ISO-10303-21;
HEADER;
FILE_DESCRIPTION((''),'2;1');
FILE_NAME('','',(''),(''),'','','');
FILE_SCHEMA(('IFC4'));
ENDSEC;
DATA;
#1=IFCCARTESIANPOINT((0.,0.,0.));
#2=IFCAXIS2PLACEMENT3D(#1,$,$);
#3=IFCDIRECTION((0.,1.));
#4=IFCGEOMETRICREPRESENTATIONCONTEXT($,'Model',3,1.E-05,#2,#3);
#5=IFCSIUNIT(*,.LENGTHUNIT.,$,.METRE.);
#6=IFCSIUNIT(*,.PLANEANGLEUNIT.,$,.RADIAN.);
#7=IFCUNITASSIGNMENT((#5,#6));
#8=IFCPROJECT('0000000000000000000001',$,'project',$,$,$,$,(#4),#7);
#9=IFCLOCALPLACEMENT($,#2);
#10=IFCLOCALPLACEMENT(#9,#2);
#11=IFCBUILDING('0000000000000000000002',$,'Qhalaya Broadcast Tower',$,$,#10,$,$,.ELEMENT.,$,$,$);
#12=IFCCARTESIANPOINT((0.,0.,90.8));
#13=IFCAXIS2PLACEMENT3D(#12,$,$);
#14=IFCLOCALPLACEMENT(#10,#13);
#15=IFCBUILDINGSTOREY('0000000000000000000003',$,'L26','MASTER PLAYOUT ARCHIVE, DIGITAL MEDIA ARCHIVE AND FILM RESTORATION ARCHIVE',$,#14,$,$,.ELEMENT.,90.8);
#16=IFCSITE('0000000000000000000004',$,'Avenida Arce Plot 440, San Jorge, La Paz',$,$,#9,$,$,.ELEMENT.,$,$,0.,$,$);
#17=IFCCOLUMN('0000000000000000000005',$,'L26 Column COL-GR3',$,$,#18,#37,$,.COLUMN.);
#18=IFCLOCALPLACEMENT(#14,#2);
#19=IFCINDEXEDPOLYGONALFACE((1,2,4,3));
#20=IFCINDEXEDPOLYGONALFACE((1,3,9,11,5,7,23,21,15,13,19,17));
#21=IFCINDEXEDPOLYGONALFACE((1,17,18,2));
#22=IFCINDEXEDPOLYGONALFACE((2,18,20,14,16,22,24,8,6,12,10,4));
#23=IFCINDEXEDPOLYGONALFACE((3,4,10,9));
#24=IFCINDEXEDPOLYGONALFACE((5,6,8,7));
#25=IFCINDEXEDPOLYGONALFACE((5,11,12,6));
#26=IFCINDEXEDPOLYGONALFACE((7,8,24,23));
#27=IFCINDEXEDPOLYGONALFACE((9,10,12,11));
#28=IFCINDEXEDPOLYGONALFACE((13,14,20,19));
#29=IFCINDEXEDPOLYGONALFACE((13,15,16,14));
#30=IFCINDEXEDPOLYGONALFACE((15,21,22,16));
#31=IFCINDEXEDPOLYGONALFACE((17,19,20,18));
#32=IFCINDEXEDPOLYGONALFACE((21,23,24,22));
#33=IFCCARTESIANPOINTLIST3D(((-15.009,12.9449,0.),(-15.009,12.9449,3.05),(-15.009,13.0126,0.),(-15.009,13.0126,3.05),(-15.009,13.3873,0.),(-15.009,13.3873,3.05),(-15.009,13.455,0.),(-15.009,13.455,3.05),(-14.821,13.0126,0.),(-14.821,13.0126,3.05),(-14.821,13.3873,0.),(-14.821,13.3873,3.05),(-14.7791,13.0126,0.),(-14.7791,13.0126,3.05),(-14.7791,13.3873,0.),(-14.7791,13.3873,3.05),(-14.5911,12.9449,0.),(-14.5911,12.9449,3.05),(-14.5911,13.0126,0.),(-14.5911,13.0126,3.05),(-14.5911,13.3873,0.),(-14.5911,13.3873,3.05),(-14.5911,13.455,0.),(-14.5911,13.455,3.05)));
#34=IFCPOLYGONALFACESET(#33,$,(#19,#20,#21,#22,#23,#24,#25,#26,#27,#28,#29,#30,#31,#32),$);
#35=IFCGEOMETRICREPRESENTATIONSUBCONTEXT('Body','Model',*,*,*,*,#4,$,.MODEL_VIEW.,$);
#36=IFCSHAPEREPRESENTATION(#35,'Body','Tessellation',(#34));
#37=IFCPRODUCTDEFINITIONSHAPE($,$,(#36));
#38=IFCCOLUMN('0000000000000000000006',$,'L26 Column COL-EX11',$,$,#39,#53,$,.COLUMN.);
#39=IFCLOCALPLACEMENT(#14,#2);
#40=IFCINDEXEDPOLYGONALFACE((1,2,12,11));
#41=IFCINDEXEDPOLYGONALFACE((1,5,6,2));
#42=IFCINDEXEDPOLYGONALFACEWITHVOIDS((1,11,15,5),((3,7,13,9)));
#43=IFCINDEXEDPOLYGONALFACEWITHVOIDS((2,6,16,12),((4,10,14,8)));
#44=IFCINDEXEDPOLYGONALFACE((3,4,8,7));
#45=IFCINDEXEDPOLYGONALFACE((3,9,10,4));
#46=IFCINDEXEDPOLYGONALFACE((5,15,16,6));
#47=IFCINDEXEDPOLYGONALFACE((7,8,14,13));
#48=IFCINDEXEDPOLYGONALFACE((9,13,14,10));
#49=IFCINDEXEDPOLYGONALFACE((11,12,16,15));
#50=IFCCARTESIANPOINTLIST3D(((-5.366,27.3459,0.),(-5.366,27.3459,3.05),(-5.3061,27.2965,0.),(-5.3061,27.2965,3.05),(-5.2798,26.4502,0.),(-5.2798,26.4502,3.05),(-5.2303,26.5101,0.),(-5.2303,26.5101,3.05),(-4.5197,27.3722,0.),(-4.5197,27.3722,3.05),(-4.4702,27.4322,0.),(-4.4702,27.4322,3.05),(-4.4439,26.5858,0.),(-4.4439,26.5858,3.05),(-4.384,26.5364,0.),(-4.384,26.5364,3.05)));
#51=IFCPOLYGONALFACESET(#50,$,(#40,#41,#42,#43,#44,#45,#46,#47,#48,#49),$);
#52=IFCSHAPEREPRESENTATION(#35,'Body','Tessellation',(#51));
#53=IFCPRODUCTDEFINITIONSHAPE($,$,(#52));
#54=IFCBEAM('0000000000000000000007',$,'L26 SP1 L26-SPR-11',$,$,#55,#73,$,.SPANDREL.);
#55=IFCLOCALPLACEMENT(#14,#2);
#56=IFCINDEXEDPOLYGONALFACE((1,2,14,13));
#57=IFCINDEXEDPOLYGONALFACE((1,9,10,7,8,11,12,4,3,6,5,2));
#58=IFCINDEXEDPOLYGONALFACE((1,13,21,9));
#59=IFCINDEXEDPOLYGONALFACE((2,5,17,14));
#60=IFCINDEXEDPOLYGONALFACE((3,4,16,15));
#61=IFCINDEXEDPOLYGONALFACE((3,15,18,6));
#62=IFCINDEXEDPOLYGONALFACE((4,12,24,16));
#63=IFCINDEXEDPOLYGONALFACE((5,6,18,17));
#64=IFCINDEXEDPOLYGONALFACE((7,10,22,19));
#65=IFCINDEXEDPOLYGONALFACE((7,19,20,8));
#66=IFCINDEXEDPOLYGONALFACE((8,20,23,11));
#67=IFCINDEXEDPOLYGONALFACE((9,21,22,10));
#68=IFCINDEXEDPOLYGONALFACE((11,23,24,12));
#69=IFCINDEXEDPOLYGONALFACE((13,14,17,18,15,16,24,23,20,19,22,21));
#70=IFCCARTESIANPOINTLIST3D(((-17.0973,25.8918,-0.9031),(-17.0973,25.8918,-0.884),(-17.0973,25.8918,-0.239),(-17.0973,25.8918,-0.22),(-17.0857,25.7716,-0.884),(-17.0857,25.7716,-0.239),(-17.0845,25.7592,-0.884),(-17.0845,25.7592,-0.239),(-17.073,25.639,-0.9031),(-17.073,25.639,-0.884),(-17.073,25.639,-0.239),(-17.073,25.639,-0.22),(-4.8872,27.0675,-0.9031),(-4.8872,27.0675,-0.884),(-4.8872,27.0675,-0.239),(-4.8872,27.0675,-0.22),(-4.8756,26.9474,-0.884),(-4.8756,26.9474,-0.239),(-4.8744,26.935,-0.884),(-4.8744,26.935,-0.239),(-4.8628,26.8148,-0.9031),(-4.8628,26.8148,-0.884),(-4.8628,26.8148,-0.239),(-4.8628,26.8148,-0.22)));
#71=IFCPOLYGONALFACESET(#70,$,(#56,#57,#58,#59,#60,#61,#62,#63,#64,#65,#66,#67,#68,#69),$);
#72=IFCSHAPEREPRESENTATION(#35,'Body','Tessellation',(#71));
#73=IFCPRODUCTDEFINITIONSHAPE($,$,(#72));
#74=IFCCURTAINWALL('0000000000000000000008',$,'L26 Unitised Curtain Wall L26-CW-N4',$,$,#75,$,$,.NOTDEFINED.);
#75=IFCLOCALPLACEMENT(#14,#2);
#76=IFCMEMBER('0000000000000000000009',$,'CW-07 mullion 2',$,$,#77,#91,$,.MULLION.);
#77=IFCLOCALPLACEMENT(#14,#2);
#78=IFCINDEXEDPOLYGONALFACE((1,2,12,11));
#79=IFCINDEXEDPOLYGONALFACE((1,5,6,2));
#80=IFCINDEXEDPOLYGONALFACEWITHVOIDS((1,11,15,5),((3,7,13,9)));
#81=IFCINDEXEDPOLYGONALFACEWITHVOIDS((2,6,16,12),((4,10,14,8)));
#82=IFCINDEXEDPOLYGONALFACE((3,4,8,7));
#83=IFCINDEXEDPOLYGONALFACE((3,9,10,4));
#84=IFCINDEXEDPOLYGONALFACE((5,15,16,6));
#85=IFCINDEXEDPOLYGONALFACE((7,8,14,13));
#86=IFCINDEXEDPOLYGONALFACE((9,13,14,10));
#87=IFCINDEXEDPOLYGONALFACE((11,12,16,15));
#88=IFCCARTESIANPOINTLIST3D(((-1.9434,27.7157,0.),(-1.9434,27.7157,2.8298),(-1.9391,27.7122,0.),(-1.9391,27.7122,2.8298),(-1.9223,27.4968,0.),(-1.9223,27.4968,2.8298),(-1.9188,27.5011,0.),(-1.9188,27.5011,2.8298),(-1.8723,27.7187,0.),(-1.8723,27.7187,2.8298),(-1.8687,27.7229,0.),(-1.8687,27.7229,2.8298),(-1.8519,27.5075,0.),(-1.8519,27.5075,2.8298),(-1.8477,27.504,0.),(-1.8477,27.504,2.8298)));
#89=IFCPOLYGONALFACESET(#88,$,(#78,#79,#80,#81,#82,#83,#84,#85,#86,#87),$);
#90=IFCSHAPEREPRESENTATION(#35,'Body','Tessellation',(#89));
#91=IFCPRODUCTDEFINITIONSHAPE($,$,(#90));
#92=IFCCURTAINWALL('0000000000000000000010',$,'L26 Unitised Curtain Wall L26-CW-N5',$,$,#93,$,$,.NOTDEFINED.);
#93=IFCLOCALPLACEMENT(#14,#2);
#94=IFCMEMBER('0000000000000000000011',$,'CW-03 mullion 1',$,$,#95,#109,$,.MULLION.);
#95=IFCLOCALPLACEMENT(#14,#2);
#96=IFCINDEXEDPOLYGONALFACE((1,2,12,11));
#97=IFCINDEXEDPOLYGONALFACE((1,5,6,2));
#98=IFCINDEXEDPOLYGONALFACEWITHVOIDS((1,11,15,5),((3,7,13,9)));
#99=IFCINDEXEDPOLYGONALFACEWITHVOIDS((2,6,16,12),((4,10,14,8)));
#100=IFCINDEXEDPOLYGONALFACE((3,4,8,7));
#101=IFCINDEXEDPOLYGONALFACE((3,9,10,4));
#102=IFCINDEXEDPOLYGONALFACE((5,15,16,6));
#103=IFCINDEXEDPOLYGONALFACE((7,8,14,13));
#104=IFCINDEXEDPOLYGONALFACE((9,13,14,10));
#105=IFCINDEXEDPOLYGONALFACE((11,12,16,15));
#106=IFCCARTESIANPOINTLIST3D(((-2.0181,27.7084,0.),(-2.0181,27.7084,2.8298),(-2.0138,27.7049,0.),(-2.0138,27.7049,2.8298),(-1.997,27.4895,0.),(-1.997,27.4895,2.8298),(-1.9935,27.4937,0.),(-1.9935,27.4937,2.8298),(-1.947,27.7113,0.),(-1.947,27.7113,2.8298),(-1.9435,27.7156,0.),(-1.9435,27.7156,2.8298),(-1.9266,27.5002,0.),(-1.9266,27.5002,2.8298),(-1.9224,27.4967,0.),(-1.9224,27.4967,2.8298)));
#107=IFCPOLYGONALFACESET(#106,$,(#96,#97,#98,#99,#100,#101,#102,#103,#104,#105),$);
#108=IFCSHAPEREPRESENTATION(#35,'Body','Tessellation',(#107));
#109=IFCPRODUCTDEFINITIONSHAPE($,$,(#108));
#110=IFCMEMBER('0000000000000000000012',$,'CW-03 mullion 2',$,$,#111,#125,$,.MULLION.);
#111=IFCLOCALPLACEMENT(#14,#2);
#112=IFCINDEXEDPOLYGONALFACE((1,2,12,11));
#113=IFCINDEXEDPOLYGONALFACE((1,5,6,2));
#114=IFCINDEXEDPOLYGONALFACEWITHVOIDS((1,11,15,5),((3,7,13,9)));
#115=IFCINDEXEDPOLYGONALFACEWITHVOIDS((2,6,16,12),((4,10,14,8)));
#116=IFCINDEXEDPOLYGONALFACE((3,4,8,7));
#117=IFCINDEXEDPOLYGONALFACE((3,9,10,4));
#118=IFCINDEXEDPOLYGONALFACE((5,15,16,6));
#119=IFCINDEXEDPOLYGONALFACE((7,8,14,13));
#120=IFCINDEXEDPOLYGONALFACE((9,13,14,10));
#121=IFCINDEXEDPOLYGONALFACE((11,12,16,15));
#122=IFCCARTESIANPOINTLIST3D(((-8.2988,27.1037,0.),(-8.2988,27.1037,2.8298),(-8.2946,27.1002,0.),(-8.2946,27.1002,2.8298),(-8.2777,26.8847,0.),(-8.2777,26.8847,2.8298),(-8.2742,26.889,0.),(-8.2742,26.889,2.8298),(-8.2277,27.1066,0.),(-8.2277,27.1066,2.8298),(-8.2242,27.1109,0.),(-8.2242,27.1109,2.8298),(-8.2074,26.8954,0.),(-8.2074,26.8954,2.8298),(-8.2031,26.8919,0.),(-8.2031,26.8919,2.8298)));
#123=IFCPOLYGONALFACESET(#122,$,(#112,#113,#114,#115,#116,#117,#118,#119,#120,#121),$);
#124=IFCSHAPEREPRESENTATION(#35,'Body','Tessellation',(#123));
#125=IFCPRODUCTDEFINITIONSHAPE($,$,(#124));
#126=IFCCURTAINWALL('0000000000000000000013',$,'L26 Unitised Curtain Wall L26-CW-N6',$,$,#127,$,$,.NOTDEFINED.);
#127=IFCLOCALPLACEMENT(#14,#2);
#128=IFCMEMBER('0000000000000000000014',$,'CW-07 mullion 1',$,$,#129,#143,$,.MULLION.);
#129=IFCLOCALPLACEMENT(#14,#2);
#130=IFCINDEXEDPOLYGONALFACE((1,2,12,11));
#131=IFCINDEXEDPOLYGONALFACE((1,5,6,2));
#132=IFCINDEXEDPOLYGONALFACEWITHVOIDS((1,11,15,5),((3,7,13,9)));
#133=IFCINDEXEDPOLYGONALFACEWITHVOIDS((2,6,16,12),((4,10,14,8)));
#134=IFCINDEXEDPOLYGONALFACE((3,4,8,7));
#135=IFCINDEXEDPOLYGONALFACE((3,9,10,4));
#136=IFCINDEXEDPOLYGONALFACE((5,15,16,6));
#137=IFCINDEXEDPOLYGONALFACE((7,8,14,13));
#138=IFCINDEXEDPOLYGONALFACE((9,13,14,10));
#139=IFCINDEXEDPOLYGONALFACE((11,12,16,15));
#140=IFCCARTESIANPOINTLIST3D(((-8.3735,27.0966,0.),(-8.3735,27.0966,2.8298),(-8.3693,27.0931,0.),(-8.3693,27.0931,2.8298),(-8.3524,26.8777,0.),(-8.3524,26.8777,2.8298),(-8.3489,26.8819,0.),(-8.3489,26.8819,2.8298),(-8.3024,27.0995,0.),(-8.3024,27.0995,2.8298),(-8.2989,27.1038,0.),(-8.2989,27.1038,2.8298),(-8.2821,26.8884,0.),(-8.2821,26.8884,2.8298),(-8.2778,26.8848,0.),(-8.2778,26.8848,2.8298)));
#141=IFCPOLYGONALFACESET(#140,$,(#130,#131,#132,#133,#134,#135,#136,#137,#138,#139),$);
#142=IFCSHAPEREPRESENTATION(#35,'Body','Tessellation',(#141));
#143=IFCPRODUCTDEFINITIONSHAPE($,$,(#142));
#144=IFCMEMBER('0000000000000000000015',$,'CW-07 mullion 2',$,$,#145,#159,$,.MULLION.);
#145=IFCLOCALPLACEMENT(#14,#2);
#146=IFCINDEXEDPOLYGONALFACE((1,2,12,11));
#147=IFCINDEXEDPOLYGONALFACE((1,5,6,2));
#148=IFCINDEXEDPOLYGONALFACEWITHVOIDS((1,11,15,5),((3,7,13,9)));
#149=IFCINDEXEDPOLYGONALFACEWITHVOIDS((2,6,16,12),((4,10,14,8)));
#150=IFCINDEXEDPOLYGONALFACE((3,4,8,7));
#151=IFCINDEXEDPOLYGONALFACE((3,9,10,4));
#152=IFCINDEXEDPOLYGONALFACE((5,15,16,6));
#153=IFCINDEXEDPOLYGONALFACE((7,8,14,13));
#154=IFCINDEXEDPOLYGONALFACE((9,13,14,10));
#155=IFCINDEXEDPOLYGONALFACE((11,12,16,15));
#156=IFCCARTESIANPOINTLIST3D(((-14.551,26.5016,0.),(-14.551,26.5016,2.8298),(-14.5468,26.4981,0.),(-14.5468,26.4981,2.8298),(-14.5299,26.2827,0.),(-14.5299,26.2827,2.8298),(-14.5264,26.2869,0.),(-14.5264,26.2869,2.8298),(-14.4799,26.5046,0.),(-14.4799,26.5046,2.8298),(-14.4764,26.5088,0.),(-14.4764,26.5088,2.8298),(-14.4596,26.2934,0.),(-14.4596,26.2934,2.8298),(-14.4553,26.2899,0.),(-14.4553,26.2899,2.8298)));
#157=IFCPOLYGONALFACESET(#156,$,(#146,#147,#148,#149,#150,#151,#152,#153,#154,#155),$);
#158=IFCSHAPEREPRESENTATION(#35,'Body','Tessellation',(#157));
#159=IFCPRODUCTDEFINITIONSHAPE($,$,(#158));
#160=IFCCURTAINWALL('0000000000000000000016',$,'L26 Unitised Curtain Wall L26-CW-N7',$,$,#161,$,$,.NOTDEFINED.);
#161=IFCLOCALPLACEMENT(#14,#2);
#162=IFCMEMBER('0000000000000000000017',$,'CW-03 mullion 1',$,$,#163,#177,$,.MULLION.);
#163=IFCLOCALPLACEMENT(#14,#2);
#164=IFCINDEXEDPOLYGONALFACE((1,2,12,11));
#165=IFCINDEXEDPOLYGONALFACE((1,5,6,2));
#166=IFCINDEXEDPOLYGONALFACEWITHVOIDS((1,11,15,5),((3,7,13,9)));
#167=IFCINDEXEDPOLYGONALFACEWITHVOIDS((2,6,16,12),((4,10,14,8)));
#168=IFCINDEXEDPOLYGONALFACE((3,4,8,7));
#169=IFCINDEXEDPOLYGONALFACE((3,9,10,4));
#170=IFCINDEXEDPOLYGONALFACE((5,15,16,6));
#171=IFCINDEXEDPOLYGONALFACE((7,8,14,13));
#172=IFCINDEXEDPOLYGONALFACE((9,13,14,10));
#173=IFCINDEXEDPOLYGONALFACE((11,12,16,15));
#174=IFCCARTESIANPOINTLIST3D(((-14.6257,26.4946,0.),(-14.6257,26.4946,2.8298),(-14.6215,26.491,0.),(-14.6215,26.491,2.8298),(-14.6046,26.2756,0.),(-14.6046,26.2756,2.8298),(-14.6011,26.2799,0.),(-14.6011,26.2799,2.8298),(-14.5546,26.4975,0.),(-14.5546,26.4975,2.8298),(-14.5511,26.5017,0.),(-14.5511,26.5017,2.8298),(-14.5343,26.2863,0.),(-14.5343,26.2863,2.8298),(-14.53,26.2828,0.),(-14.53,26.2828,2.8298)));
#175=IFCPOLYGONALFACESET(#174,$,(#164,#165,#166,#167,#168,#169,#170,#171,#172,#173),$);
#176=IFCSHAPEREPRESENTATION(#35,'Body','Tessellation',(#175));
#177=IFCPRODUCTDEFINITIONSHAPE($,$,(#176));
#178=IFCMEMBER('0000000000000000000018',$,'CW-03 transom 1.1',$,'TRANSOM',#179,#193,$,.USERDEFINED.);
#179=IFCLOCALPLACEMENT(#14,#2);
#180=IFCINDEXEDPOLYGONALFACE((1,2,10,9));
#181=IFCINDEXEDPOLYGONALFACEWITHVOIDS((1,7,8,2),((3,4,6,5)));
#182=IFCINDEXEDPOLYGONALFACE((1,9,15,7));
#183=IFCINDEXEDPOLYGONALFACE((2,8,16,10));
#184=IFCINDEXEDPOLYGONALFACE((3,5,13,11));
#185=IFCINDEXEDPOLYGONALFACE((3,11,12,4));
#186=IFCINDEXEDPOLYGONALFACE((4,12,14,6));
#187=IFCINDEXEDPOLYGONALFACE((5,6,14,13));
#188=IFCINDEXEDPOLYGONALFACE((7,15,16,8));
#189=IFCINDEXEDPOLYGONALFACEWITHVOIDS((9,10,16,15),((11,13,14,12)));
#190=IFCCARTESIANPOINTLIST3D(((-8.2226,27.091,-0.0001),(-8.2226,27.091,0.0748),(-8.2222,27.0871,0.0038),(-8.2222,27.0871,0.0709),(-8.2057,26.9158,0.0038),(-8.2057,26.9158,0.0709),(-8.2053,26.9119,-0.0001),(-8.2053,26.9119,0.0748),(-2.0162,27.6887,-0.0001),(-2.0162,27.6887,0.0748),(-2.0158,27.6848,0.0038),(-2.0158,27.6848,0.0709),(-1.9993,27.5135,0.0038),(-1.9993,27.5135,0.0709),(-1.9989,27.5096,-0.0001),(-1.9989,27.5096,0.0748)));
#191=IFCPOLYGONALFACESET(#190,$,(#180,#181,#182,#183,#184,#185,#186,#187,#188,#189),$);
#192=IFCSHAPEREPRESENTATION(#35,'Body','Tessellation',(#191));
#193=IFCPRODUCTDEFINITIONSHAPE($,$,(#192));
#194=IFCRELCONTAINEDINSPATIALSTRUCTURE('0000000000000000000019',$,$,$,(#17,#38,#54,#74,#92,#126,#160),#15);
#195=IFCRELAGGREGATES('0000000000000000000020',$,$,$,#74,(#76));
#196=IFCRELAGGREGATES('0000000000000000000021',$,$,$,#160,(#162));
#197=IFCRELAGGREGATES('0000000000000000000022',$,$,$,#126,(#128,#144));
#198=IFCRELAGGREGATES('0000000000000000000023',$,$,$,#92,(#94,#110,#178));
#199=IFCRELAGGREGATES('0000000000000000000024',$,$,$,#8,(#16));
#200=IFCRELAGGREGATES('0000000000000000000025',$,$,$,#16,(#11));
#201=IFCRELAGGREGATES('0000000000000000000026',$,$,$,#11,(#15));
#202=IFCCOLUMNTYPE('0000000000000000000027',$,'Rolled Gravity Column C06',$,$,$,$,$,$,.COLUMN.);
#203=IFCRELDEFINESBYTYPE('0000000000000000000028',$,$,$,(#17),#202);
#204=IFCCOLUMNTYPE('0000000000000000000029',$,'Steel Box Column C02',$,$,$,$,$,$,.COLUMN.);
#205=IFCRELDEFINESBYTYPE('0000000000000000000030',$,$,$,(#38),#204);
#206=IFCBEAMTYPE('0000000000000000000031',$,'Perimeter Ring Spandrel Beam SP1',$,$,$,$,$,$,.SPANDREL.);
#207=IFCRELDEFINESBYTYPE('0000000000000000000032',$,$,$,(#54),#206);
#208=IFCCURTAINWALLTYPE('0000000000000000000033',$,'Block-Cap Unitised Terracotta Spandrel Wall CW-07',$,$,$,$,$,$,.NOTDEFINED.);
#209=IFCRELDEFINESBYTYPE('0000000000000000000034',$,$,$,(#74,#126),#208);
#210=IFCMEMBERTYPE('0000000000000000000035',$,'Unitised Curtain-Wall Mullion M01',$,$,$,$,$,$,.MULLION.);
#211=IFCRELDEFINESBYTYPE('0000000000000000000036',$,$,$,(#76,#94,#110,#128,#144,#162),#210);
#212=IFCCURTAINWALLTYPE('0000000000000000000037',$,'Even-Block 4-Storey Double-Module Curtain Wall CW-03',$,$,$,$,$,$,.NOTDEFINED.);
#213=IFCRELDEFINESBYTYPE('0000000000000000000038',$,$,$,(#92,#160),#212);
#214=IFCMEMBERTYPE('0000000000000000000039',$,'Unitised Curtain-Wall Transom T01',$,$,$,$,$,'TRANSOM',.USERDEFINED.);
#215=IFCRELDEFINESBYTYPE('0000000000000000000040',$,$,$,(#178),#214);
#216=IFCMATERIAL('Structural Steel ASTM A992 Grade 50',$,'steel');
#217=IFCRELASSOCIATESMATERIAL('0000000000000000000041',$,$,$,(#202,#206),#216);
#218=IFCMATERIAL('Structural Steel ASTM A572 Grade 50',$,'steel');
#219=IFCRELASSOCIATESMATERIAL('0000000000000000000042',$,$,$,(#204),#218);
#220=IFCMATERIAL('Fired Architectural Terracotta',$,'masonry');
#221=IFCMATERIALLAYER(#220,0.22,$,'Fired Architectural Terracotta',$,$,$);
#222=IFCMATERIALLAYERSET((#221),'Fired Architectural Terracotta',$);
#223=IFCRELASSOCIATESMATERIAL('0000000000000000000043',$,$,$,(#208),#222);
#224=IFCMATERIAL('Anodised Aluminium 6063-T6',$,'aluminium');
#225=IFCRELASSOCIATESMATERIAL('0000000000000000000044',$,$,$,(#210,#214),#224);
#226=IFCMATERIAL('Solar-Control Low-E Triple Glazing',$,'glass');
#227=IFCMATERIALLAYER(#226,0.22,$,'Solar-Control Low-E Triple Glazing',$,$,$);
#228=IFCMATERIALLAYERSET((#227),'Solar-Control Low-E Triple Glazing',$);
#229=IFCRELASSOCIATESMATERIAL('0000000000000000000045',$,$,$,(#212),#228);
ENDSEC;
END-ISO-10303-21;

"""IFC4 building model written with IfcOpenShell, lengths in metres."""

from ifc_helpers import new_model, si_unit, direction, frame, origin, origin_2d, place, context, subcontext, project, spatial, hollow_rectangle, i_section, extrude, material, layer, layer_set, material_profile, profile_set, type_object, element, aggregate, save


model = new_model("IFC4")

# Units and contexts
model_context = context("Model", 3, precision=1e-05, world=origin(), true_north=direction((0.0, 1.0)))
body_context = subcontext(model_context, "Body", "Model", "MODEL_VIEW")
ifc_project = project(units=[si_unit("LENGTHUNIT", "METRE"), si_unit("PLANEANGLEUNIT", "RADIAN")], contexts=[model_context])

# Site, building, storey
site_placement = place(None, origin())
site = spatial("IfcSite", under=ifc_project, at=site_placement, Name="Avenida Arce Plot 440, San Jorge, La Paz", CompositionType="ELEMENT", RefElevation=0.0)
building_placement = place(site_placement, origin())
building = spatial("IfcBuilding", under=site, at=building_placement, Name="Qhalaya Broadcast Tower", CompositionType="ELEMENT")
storey_placement = place(building_placement, frame((0.0, 0.0, 90.8)))
storey = spatial("IfcBuildingStorey", under=building, at=storey_placement, Name="L26", Description="MASTER PLAYOUT ARCHIVE, DIGITAL MEDIA ARCHIVE AND FILM RESTORATION ARCHIVE", CompositionType="ELEMENT", Elevation=90.8)

# Columns
ifc_material_1 = material(Name="Structural Steel ASTM A992 Grade 50", Category="steel")
ifc_material_profile_1 = material_profile(ifc_material_1, i_section(OverallWidth=0.418, OverallDepth=0.51, WebThickness=0.042, FlangeThickness=0.0676, at=origin_2d()), Name="W14X370")
ifc_profile_set_1 = profile_set([ifc_material_profile_1], Name="Structural Steel ASTM A992 Grade 50")
column_type_1 = type_object("IfcColumnType", Name="Rolled Gravity Column C06", PredefinedType="COLUMN", material=ifc_profile_set_1)
column_1_placement = place(storey_placement, frame((-14.8, 13.2, 0.0), z_axis=(0.0, 0.0, 1.0), x_axis=(1.0, 0.0, 0.0)))
element("IfcColumn", 1, at=column_1_placement, inside=storey, type_object=column_type_1, Name="L26 Column COL-GR3", PredefinedType="COLUMN", context=body_context, shape_type="SweptSolid", body=[
    extrude(i_section(OverallWidth=0.418, OverallDepth=0.51, WebThickness=0.042, FlangeThickness=0.0676, at=origin_2d()), origin(), (0.0, 0.0, 1.0), 3.05),
])
ifc_material_2 = material(Name="Structural Steel ASTM A572 Grade 50", Category="steel")
ifc_material_profile_2 = material_profile(ifc_material_2, hollow_rectangle(XDim=0.8999, YDim=0.8999, WallThickness=0.0549, at=origin_2d()), Name="BOX 900x900x55")
ifc_profile_set_2 = profile_set([ifc_material_profile_2], Name="Structural Steel ASTM A572 Grade 50")
column_type_2 = type_object("IfcColumnType", Name="Steel Box Column C02", PredefinedType="COLUMN", material=ifc_profile_set_2)
column_2_placement = place(storey_placement, frame((-4.875, 26.9412, 0.0), z_axis=(0.0, 0.0, 1.0), x_axis=(0.995396, 0.095846, 0.0)))
element("IfcColumn", 2, at=column_2_placement, inside=storey, type_object=column_type_2, Name="L26 Column COL-EX11", PredefinedType="COLUMN", context=body_context, shape_type="SweptSolid", body=[
    extrude(hollow_rectangle(XDim=0.8999, YDim=0.8999, WallThickness=0.0549, at=origin_2d()), origin(), (0.0, 0.0, 1.0), 3.05),
])

# Beam
ifc_material_profile_3 = material_profile(ifc_material_1, i_section(OverallWidth=0.2539, OverallDepth=0.6831, WebThickness=0.0125, FlangeThickness=0.019, at=origin_2d()), Name="W27X94")
ifc_profile_set_3 = profile_set([ifc_material_profile_3], Name="Structural Steel ASTM A992 Grade 50")
beam_type = type_object("IfcBeamType", Name="Perimeter Ring Spandrel Beam SP1", PredefinedType="SPANDREL", material=ifc_profile_set_3)
beam_placement = place(storey_placement, frame((-4.875, 26.9412, -0.5615), z_axis=(-0.995396, -0.095852, 0.0), x_axis=(0.095852, -0.995396, 0.0)))
element("IfcBeam", 3, at=beam_placement, inside=storey, type_object=beam_type, Name="L26 SP1 L26-SPR-11", PredefinedType="SPANDREL", context=body_context, shape_type="SweptSolid", body=[
    extrude(i_section(OverallWidth=0.2539, OverallDepth=0.6831, WebThickness=0.0125, FlangeThickness=0.019, at=origin_2d()), origin(), (0.0, 0.0, 1.0), 12.2666),
])

# Curtain wall, member
ifc_material_3 = material(Name="Fired Architectural Terracotta", Category="masonry")
ifc_layer_1 = layer(ifc_material_3, 0.22, Name="Fired Architectural Terracotta")
ifc_layer_set_1 = layer_set([ifc_layer_1], Name="Fired Architectural Terracotta")
curtain_wall_type_1 = type_object("IfcCurtainWallType", Name="Block-Cap Unitised Terracotta Spandrel Wall CW-07", PredefinedType="NOTDEFINED", material=ifc_layer_set_1)
curtain_wall_1_placement = place(storey_placement, origin())
curtain_wall_1 = element("IfcCurtainWall", 4, at=curtain_wall_1_placement, inside=storey, type_object=curtain_wall_type_1, Name="L26 Unitised Curtain Wall L26-CW-N4", PredefinedType="NOTDEFINED")
ifc_material_4 = material(Name="Anodised Aluminium 6063-T6", Category="aluminium")
ifc_material_profile_4 = material_profile(ifc_material_4, hollow_rectangle(XDim=0.075, YDim=0.22, WallThickness=0.0039, at=origin_2d()), Name="ALU-MUL 75x220x4")
ifc_profile_set_4 = profile_set([ifc_material_profile_4], Name="Anodised Aluminium 6063-T6")
member_type_1 = type_object("IfcMemberType", Name="Unitised Curtain-Wall Mullion M01", PredefinedType="MULLION", material=ifc_profile_set_4)
member_1_placement = place(storey_placement, frame((-1.8955, 27.6099, 0.0), z_axis=(0.0, 0.0, 1.0), x_axis=(-0.995395, -0.095861, 0.0)))
member_1 = element("IfcMember", 5, at=member_1_placement, type_object=member_type_1, Name="CW-07 mullion 2", PredefinedType="MULLION", context=body_context, shape_type="SweptSolid", body=[
    extrude(hollow_rectangle(XDim=0.075, YDim=0.22, WallThickness=0.0039, at=origin_2d()), origin(), (0.0, 0.0, 1.0), 2.8298),
])
aggregate(curtain_wall_1, [member_1])

# Curtain walls, members
ifc_material_5 = material(Name="Solar-Control Low-E Triple Glazing", Category="glass")
ifc_layer_2 = layer(ifc_material_5, 0.22, Name="Solar-Control Low-E Triple Glazing")
ifc_layer_set_2 = layer_set([ifc_layer_2], Name="Solar-Control Low-E Triple Glazing")
curtain_wall_type_2 = type_object("IfcCurtainWallType", Name="Even-Block 4-Storey Double-Module Curtain Wall CW-03", PredefinedType="NOTDEFINED", material=ifc_layer_set_2)
curtain_wall_2_placement = place(storey_placement, origin())
curtain_wall_2 = element("IfcCurtainWall", 6, at=curtain_wall_2_placement, inside=storey, type_object=curtain_wall_type_2, Name="L26 Unitised Curtain Wall L26-CW-N5", PredefinedType="NOTDEFINED")
member_2_placement = place(storey_placement, frame((-1.9702, 27.6025, 0.0), z_axis=(0.0, 0.0, 1.0), x_axis=(-0.995397, -0.095834, 0.0)))
member_2 = element("IfcMember", 7, at=member_2_placement, type_object=member_type_1, Name="CW-03 mullion 1", PredefinedType="MULLION", context=body_context, shape_type="SweptSolid", body=[
    extrude(hollow_rectangle(XDim=0.075, YDim=0.22, WallThickness=0.0039, at=origin_2d()), origin(), (0.0, 0.0, 1.0), 2.8298),
])
member_3_placement = place(storey_placement, frame((-8.251, 26.9978, 0.0), z_axis=(0.0, 0.0, 1.0), x_axis=(-0.995397, -0.095834, 0.0)))
member_3 = element("IfcMember", 8, at=member_3_placement, type_object=member_type_1, Name="CW-03 mullion 2", PredefinedType="MULLION", context=body_context, shape_type="SweptSolid", body=[
    extrude(hollow_rectangle(XDim=0.075, YDim=0.22, WallThickness=0.0039, at=origin_2d()), origin(), (0.0, 0.0, 1.0), 2.8298),
])
curtain_wall_3_placement = place(storey_placement, origin())
curtain_wall_3 = element("IfcCurtainWall", 9, at=curtain_wall_3_placement, inside=storey, type_object=curtain_wall_type_1, Name="L26 Unitised Curtain Wall L26-CW-N6", PredefinedType="NOTDEFINED")
member_4_placement = place(storey_placement, frame((-8.3257, 26.9907, 0.0), z_axis=(0.0, 0.0, 1.0), x_axis=(-0.995395, -0.09586, 0.0)))
member_4 = element("IfcMember", 10, at=member_4_placement, type_object=member_type_1, Name="CW-07 mullion 1", PredefinedType="MULLION", context=body_context, shape_type="SweptSolid", body=[
    extrude(hollow_rectangle(XDim=0.075, YDim=0.22, WallThickness=0.0039, at=origin_2d()), origin(), (0.0, 0.0, 1.0), 2.8298),
])
member_5_placement = place(storey_placement, frame((-14.5032, 26.3958, 0.0), z_axis=(0.0, 0.0, 1.0), x_axis=(-0.995395, -0.09586, 0.0)))
member_5 = element("IfcMember", 11, at=member_5_placement, type_object=member_type_1, Name="CW-07 mullion 2", PredefinedType="MULLION", context=body_context, shape_type="SweptSolid", body=[
    extrude(hollow_rectangle(XDim=0.075, YDim=0.22, WallThickness=0.0039, at=origin_2d()), origin(), (0.0, 0.0, 1.0), 2.8298),
])

# Curtain wall, member
curtain_wall_4_placement = place(storey_placement, origin())
curtain_wall_4 = element("IfcCurtainWall", 12, at=curtain_wall_4_placement, inside=storey, type_object=curtain_wall_type_2, Name="L26 Unitised Curtain Wall L26-CW-N7", PredefinedType="NOTDEFINED")
member_6_placement = place(storey_placement, frame((-14.5779, 26.3887, 0.0), z_axis=(0.0, 0.0, 1.0), x_axis=(-0.995398, -0.095829, 0.0)))
member_6 = element("IfcMember", 13, at=member_6_placement, type_object=member_type_1, Name="CW-03 mullion 1", PredefinedType="MULLION", context=body_context, shape_type="SweptSolid", body=[
    extrude(hollow_rectangle(XDim=0.075, YDim=0.22, WallThickness=0.0039, at=origin_2d()), origin(), (0.0, 0.0, 1.0), 2.8298),
])

# Member
ifc_material_profile_5 = material_profile(ifc_material_4, hollow_rectangle(XDim=0.075, YDim=0.1799, WallThickness=0.0039, at=origin_2d()), Name="ALU-TRN 75x180x4")
ifc_profile_set_5 = profile_set([ifc_material_profile_5], Name="Anodised Aluminium 6063-T6")
member_type_2 = type_object("IfcMemberType", Name="Unitised Curtain-Wall Transom T01", ElementType="TRANSOM", PredefinedType="USERDEFINED", material=ifc_profile_set_5)
member_7_placement = place(storey_placement, frame((-2.0076, 27.5991, 0.0374), z_axis=(-0.995395, -0.095855, 0.0), x_axis=(0.0, 0.0, 1.0)))
member_7 = element("IfcMember", 14, at=member_7_placement, type_object=member_type_2, Name="CW-03 transom 1.1", ObjectType="TRANSOM", PredefinedType="USERDEFINED", context=body_context, shape_type="SweptSolid", body=[
    extrude(hollow_rectangle(XDim=0.075, YDim=0.1799, WallThickness=0.0039, at=origin_2d()), origin(), (0.0, 0.0, 1.0), 6.2351),
])
aggregate(curtain_wall_4, [member_6])

aggregate(curtain_wall_3, [member_4, member_5])
aggregate(curtain_wall_2, [member_2, member_3, member_7])

save(model, "model.ifc")
